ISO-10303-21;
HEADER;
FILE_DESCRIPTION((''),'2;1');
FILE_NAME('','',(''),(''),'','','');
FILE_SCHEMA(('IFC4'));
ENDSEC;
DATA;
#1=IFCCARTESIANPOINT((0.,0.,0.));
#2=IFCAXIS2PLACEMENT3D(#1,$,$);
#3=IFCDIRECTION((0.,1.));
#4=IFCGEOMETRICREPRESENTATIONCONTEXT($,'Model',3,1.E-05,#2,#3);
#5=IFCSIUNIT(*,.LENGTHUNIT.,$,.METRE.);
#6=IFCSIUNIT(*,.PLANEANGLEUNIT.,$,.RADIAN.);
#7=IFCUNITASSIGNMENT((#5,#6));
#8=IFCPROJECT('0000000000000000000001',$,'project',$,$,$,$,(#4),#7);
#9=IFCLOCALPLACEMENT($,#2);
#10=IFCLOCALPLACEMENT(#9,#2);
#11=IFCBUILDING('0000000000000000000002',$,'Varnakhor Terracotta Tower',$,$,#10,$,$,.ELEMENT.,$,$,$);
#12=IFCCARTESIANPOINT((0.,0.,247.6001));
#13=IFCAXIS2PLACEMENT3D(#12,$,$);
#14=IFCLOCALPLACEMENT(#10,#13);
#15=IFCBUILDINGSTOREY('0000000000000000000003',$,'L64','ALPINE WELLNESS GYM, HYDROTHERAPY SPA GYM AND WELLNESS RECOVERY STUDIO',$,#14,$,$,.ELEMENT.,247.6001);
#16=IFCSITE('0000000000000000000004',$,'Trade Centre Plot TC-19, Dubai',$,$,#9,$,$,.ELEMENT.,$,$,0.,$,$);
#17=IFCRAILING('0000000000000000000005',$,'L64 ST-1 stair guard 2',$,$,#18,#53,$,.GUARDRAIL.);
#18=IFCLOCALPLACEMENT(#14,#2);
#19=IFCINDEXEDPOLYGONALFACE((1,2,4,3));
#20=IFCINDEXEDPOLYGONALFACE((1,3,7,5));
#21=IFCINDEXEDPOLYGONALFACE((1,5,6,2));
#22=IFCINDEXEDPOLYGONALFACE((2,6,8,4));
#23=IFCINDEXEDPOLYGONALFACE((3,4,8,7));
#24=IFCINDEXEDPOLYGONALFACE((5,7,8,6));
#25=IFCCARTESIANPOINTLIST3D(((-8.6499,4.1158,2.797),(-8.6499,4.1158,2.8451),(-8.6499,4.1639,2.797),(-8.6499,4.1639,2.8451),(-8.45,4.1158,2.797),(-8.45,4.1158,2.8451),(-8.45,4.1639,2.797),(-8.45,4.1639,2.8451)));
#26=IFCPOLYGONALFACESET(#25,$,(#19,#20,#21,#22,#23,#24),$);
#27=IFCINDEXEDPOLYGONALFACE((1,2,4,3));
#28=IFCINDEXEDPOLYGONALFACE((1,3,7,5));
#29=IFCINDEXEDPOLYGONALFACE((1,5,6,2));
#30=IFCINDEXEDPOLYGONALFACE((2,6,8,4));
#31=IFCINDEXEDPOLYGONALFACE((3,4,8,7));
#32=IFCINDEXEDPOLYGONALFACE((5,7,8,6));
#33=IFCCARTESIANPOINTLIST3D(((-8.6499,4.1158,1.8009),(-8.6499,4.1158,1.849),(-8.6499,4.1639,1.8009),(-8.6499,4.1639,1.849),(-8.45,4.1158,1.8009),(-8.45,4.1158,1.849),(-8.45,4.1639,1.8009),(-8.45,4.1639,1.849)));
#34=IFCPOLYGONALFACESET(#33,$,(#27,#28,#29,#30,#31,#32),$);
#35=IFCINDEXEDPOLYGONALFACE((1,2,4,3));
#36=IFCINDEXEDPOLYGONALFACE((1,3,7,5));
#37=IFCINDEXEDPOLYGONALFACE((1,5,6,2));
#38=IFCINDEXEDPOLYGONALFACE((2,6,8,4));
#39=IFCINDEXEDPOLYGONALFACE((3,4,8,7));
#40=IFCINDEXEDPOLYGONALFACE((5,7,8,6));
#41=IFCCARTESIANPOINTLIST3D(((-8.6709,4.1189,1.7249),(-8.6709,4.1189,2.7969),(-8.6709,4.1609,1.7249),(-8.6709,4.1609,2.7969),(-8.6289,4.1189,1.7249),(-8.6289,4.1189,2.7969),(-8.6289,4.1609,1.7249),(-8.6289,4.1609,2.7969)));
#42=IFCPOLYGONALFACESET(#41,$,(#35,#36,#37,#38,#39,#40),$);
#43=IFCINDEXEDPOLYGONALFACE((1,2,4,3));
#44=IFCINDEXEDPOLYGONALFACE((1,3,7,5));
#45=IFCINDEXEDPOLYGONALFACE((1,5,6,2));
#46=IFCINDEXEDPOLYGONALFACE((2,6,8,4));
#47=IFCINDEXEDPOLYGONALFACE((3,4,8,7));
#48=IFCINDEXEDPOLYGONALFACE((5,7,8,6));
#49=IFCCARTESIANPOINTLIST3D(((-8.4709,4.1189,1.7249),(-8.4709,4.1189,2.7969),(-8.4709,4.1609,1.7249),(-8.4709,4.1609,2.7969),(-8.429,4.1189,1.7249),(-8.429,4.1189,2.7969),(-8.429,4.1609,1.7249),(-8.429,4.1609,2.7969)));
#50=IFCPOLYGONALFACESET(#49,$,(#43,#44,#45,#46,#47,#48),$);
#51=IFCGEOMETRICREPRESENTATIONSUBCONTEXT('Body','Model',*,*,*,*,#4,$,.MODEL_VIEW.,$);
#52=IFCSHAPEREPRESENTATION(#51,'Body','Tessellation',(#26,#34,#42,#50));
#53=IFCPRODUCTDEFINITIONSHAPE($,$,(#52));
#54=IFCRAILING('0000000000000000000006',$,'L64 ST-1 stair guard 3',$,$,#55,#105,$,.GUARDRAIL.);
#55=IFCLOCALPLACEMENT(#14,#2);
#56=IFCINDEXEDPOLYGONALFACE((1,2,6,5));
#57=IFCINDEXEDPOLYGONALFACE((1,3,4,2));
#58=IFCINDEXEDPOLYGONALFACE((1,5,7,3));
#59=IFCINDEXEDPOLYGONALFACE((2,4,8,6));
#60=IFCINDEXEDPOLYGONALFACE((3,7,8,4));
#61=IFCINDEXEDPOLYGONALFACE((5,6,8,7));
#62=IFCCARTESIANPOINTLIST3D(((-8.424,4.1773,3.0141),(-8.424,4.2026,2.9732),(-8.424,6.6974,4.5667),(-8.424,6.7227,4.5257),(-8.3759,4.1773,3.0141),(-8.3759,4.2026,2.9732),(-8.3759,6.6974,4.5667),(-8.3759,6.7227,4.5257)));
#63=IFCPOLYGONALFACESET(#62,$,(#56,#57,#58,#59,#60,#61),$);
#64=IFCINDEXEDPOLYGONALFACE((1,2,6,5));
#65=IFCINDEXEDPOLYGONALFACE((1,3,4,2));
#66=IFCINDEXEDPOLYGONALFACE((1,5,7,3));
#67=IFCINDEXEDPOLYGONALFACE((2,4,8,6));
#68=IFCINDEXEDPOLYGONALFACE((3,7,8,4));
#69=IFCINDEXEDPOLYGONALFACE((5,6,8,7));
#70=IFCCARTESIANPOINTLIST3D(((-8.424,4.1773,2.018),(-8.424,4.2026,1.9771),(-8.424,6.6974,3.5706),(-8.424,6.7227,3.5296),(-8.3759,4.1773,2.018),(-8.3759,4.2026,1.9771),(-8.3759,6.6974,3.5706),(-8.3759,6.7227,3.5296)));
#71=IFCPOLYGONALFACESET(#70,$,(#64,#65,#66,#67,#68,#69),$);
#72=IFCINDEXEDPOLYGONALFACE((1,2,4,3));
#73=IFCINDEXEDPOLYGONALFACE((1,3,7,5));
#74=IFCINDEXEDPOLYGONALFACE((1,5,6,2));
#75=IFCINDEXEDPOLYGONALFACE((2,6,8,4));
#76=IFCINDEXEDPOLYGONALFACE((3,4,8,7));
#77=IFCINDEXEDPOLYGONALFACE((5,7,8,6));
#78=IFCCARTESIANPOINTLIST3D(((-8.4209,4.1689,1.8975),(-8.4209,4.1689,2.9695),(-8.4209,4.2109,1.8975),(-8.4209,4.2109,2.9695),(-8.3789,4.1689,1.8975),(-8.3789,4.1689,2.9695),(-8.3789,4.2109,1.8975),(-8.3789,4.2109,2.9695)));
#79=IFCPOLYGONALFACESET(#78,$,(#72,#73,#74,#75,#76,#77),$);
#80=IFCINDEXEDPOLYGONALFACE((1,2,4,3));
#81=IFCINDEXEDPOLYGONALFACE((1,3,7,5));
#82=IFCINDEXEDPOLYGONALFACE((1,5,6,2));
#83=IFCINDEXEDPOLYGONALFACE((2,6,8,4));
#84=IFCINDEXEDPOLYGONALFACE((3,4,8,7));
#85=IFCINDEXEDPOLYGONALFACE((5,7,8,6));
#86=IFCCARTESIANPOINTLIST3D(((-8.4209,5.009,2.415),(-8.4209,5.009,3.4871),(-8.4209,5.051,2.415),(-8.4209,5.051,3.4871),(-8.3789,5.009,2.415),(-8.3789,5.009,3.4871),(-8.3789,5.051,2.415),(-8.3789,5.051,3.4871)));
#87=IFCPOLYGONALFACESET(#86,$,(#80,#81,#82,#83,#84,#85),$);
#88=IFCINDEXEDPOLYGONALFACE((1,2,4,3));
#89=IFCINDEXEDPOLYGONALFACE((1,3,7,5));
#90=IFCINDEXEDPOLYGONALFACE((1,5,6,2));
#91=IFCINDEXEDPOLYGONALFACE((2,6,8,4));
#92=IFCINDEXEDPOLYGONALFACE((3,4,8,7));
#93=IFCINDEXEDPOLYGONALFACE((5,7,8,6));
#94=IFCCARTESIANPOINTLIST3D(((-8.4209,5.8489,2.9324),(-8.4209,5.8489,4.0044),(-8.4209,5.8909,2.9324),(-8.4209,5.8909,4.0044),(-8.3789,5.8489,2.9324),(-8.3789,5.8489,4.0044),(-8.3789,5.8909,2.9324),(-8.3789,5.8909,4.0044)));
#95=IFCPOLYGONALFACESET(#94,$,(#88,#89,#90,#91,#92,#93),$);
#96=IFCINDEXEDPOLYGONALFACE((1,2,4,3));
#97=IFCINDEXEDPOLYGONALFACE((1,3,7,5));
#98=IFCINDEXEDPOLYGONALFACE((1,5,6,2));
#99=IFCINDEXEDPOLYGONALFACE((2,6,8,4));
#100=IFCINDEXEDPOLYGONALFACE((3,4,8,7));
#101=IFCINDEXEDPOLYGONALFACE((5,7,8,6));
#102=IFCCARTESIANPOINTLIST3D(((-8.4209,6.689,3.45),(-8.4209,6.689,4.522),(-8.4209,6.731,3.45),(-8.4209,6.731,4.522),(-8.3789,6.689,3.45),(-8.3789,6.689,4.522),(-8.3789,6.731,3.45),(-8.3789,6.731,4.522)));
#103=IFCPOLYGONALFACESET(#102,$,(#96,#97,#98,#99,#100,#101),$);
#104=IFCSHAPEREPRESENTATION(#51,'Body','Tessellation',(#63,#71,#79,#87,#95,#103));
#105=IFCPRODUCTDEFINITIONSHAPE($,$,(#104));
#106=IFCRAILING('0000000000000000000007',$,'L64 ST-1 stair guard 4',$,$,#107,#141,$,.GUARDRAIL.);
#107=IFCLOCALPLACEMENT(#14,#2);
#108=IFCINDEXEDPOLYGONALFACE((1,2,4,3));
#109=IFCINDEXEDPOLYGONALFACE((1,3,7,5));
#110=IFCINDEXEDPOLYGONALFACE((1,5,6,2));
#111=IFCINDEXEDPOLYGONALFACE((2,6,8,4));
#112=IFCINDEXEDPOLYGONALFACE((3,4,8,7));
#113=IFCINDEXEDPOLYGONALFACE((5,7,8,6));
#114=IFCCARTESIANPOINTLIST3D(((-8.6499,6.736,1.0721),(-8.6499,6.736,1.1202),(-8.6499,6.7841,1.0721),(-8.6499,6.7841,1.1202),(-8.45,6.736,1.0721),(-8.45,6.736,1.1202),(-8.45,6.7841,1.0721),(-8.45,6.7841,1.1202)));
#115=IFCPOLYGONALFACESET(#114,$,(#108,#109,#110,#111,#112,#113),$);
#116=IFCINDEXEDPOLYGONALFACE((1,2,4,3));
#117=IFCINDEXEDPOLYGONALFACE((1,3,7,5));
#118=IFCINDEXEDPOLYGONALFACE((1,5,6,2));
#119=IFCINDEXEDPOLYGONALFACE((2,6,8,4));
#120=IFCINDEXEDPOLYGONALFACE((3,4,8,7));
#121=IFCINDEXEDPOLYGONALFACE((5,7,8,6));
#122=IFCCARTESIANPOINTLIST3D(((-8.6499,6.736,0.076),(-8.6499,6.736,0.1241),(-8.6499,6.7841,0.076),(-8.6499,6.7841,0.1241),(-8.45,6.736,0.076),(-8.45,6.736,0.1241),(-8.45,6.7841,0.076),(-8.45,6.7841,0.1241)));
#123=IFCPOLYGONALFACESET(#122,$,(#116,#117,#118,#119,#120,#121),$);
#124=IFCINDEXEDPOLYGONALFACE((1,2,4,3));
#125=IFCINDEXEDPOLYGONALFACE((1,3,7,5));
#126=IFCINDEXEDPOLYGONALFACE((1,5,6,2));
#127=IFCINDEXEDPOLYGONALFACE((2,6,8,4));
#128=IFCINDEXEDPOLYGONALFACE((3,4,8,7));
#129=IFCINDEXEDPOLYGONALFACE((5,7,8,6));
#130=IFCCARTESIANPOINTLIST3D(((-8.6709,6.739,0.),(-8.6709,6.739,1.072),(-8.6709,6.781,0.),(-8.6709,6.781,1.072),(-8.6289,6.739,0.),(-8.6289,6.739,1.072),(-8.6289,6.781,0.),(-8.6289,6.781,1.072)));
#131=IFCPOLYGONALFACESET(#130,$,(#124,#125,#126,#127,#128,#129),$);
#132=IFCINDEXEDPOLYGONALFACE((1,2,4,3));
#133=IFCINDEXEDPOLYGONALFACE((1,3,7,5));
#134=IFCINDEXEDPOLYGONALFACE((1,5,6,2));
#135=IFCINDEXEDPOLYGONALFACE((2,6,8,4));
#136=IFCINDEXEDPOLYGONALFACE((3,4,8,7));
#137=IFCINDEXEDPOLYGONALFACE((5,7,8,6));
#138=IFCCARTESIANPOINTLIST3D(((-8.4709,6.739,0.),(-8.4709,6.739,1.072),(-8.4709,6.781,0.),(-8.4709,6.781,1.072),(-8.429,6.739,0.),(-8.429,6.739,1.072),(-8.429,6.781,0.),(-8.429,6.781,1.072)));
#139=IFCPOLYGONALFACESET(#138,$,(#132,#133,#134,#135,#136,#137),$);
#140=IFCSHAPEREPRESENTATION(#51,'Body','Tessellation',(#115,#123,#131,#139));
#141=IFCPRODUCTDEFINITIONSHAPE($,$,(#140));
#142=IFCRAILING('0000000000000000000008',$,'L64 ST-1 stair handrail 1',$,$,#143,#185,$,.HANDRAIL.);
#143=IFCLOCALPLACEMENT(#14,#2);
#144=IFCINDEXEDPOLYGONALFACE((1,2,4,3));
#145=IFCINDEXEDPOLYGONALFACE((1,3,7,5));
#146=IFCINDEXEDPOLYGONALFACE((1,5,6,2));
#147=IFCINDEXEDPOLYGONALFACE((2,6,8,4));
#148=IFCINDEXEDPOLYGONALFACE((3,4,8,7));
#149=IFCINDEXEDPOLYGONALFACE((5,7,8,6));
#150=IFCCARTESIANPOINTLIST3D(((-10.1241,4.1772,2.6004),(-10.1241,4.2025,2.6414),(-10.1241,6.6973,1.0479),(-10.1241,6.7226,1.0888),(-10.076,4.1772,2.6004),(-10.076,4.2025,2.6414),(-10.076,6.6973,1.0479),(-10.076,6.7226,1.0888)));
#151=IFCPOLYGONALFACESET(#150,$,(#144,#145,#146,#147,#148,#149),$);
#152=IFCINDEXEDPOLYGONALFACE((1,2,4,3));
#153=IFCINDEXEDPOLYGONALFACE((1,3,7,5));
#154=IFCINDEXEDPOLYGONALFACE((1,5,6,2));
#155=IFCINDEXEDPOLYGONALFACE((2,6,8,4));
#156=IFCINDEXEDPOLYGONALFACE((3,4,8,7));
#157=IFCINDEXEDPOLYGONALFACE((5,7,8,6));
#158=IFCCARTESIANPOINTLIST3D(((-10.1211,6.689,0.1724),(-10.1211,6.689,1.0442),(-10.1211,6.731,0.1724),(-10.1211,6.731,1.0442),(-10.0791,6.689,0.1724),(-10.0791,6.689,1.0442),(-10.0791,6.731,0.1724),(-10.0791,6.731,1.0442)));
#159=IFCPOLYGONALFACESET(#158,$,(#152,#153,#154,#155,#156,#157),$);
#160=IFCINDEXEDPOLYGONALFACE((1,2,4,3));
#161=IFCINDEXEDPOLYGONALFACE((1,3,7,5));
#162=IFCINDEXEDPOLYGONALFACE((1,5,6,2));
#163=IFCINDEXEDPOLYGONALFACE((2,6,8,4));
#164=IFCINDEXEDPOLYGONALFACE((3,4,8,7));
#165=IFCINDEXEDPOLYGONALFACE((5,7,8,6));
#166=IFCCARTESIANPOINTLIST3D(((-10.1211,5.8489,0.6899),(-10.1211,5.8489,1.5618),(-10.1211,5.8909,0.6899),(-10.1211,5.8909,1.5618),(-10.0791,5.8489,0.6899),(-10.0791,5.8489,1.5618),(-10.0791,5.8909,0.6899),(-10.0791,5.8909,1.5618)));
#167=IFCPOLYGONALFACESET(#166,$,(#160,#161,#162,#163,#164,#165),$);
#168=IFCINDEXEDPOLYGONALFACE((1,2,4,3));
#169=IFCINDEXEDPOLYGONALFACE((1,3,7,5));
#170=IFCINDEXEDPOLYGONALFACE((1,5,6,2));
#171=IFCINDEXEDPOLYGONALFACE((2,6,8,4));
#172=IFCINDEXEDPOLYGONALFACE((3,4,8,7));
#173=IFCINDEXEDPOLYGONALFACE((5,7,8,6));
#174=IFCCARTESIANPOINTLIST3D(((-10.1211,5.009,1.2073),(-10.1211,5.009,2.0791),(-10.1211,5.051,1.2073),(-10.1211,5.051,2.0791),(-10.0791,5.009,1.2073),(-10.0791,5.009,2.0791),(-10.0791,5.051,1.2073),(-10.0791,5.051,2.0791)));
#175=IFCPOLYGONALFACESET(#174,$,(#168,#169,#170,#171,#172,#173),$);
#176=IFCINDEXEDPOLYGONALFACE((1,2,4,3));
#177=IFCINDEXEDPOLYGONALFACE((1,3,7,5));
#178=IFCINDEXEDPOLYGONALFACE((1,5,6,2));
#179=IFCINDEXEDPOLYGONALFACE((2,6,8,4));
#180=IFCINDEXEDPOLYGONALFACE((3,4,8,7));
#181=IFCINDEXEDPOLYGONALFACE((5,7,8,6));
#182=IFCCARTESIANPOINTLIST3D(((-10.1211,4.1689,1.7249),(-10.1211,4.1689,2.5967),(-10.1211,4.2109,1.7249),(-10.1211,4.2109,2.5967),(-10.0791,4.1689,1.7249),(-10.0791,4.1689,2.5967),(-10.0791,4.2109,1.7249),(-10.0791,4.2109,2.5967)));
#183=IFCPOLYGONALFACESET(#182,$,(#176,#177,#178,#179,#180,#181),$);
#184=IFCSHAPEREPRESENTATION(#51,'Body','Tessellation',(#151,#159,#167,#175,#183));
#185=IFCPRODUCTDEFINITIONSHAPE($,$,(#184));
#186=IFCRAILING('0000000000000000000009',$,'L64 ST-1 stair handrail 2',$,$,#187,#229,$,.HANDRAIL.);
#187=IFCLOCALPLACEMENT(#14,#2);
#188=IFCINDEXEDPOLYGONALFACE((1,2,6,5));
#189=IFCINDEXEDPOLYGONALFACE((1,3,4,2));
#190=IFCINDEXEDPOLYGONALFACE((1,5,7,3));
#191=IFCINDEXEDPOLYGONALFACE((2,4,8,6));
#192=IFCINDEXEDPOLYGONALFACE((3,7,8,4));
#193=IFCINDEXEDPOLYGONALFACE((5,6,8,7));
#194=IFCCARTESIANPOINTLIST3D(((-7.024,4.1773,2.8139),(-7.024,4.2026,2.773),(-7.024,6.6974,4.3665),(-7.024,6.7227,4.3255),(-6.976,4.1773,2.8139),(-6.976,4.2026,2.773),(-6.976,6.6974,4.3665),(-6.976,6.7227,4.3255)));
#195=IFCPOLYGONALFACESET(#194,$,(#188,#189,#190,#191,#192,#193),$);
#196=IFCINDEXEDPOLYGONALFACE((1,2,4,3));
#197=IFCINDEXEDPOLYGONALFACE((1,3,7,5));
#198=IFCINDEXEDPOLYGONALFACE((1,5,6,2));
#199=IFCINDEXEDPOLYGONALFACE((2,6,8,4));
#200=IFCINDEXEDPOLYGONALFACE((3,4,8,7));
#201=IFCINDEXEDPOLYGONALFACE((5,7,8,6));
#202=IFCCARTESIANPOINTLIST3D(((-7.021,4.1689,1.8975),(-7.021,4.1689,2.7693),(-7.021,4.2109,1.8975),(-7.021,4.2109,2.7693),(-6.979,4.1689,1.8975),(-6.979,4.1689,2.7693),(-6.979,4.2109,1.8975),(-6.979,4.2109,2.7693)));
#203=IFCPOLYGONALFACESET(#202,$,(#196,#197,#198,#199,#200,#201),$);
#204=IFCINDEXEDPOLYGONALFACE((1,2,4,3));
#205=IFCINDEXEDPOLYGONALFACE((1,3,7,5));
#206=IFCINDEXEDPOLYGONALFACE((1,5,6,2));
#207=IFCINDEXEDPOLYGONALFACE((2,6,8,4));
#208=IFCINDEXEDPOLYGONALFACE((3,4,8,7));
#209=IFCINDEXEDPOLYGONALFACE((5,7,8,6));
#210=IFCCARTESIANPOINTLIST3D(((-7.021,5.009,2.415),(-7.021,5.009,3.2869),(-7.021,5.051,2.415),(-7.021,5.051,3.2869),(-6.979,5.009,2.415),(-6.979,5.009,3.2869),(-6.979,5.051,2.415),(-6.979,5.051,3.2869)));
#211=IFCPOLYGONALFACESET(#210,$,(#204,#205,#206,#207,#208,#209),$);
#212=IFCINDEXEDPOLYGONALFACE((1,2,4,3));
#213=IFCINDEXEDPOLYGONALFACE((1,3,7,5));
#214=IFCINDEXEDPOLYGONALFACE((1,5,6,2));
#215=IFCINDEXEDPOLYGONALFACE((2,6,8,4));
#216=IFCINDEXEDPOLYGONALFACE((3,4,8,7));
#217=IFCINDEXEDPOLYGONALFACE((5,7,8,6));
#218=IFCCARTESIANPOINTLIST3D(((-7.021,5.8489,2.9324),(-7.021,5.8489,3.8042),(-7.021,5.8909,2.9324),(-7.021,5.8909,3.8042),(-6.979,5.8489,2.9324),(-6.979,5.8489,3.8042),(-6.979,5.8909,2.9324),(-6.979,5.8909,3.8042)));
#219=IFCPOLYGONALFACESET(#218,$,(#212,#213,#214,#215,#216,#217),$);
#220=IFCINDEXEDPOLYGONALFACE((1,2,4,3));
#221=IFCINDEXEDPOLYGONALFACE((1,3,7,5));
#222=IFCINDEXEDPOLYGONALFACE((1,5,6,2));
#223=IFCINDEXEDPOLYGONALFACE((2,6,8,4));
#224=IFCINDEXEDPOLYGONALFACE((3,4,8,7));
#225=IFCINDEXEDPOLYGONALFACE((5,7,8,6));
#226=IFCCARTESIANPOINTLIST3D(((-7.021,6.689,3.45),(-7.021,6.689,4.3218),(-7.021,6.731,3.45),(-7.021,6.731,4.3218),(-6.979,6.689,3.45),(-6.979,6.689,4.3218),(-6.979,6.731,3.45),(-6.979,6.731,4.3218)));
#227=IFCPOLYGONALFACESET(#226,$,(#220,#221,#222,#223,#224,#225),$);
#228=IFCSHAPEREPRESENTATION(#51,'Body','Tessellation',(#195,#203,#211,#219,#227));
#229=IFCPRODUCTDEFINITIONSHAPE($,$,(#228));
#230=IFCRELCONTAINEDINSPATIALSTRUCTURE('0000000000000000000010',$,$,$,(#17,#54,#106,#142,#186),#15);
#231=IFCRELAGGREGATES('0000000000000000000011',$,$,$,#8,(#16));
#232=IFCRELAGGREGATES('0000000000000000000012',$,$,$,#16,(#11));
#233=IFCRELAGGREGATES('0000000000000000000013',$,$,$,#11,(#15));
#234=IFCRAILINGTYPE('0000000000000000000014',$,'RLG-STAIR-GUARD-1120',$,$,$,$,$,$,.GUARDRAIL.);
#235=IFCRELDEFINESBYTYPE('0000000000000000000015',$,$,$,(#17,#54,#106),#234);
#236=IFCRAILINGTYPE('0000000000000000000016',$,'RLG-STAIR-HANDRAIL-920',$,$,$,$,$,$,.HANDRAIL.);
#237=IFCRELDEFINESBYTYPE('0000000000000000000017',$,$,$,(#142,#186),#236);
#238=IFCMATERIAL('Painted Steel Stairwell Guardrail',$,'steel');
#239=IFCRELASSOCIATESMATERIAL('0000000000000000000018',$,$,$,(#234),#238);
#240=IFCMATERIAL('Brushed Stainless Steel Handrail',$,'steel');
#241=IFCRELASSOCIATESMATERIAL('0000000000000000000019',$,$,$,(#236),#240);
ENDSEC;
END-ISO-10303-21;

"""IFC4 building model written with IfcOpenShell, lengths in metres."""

from ifc_helpers import new_model, si_unit, direction, frame, origin, origin_2d, place, context, subcontext, project, spatial, rectangle, extrude, material, type_object, element, save


model = new_model("IFC4")

# Units and contexts
model_context = context("Model", 3, precision=1e-05, world=origin(), true_north=direction((0.0, 1.0)))
body_context = subcontext(model_context, "Body", "Model", "MODEL_VIEW")
ifc_project = project(units=[si_unit("LENGTHUNIT", "METRE"), si_unit("PLANEANGLEUNIT", "RADIAN")], contexts=[model_context])

# Site, building, storey
site_placement = place(None, origin())
site = spatial("IfcSite", under=ifc_project, at=site_placement, Name="Trade Centre Plot TC-19, Dubai", CompositionType="ELEMENT", RefElevation=0.0)
building_placement = place(site_placement, origin())
building = spatial("IfcBuilding", under=site, at=building_placement, Name="Varnakhor Terracotta Tower", CompositionType="ELEMENT")
storey_placement = place(building_placement, frame((0.0, 0.0, 247.6001)))
storey = spatial("IfcBuildingStorey", under=building, at=storey_placement, Name="L64", Description="ALPINE WELLNESS GYM, HYDROTHERAPY SPA GYM AND WELLNESS RECOVERY STUDIO", CompositionType="ELEMENT", Elevation=247.6001)

# Railings
ifc_material_1 = material(Name="Painted Steel Stairwell Guardrail", Category="steel")
railing_type_1 = type_object("IfcRailingType", Name="RLG-STAIR-GUARD-1120", PredefinedType="GUARDRAIL", material=ifc_material_1)
railing_1_placement = place(storey_placement, frame((-8.6499, 4.1399, 1.7249)))
element("IfcRailing", 1, at=railing_1_placement, inside=storey, type_object=railing_type_1, Name="L64 ST-1 stair guard 2", PredefinedType="GUARDRAIL", context=body_context, shape_type="SweptSolid", body=[
    extrude(rectangle(XDim=0.0481, YDim=0.0481, at=origin_2d()), frame((0.0, 0.0, 1.0962), z_axis=(1.0, 0.0, 0.0), x_axis=(0.0, 1.0, 0.0)), (0.0, 0.0, 1.0), 0.2),
    extrude(rectangle(XDim=0.0481, YDim=0.0481, at=origin_2d()), frame((0.0, 0.0, 0.1001), z_axis=(1.0, 0.0, 0.0), x_axis=(0.0, 1.0, 0.0)), (0.0, 0.0, 1.0), 0.2),
    extrude(rectangle(XDim=0.042, YDim=0.042, at=origin_2d()), origin(), (0.0, 0.0, 1.0), 1.072),
    extrude(rectangle(XDim=0.042, YDim=0.042, at=origin_2d()), frame((0.2, 0.0, 0.0)), (0.0, 0.0, 1.0), 1.072),
])
railing_2_placement = place(storey_placement, frame((-8.3999, 4.1899, 1.8975)))
element("IfcRailing", 2, at=railing_2_placement, inside=storey, type_object=railing_type_1, Name="L64 ST-1 stair guard 3", PredefinedType="GUARDRAIL", context=body_context, shape_type="SweptSolid", body=[
    extrude(rectangle(XDim=0.0481, YDim=0.0481, at=origin_2d()), frame((0.0, 0.0, 1.0962), z_axis=(0.0, 0.8514, 0.524516), x_axis=(-1.0, 0.0, 0.0)), (0.0, 0.0, 1.0), 2.96),
    extrude(rectangle(XDim=0.0481, YDim=0.0481, at=origin_2d()), frame((0.0, 0.0, 0.1001), z_axis=(0.0, 0.8514, 0.524516), x_axis=(-1.0, 0.0, 0.0)), (0.0, 0.0, 1.0), 2.96),
    extrude(rectangle(XDim=0.042, YDim=0.042, at=origin_2d()), origin(), (0.0, 0.0, 1.0), 1.072),
    extrude(rectangle(XDim=0.042, YDim=0.042, at=origin_2d()), frame((0.0, 0.8401, 0.5176)), (0.0, 0.0, 1.0), 1.072),
    extrude(rectangle(XDim=0.042, YDim=0.042, at=origin_2d()), frame((0.0, 1.6799, 1.0349)), (0.0, 0.0, 1.0), 1.072),
    extrude(rectangle(XDim=0.042, YDim=0.042, at=origin_2d()), frame((0.0, 2.52, 1.5525)), (0.0, 0.0, 1.0), 1.072),
])
railing_3_placement = place(storey_placement, frame((-8.6499, 6.76, 0.0)))
element("IfcRailing", 3, at=railing_3_placement, inside=storey, type_object=railing_type_1, Name="L64 ST-1 stair guard 4", PredefinedType="GUARDRAIL", context=body_context, shape_type="SweptSolid", body=[
    extrude(rectangle(XDim=0.0481, YDim=0.0481, at=origin_2d()), frame((0.0, 0.0, 1.0962), z_axis=(1.0, 0.0, 0.0), x_axis=(0.0, 1.0, 0.0)), (0.0, 0.0, 1.0), 0.2),
    extrude(rectangle(XDim=0.0481, YDim=0.0481, at=origin_2d()), frame((0.0, 0.0, 0.1001), z_axis=(1.0, 0.0, 0.0), x_axis=(0.0, 1.0, 0.0)), (0.0, 0.0, 1.0), 0.2),
    extrude(rectangle(XDim=0.042, YDim=0.042, at=origin_2d()), origin(), (0.0, 0.0, 1.0), 1.072),
    extrude(rectangle(XDim=0.042, YDim=0.042, at=origin_2d()), frame((0.2, 0.0, 0.0)), (0.0, 0.0, 1.0), 1.072),
])
ifc_material_2 = material(Name="Brushed Stainless Steel Handrail", Category="steel")
railing_type_2 = type_object("IfcRailingType", Name="RLG-STAIR-HANDRAIL-920", PredefinedType="HANDRAIL", material=ifc_material_2)
railing_4_placement = place(storey_placement, frame((-10.1001, 6.71, 0.1724)))
element("IfcRailing", 4, at=railing_4_placement, inside=storey, type_object=railing_type_2, Name="L64 ST-1 stair handrail 1", PredefinedType="HANDRAIL", context=body_context, shape_type="SweptSolid", body=[
    extrude(rectangle(XDim=0.0481, YDim=0.0481, at=origin_2d()), frame((0.0, 0.0, 0.896), z_axis=(0.0, -0.8514, 0.524516), x_axis=(1.0, 0.0, 0.0)), (0.0, 0.0, 1.0), 2.96),
    extrude(rectangle(XDim=0.042, YDim=0.042, at=origin_2d()), origin(), (0.0, 0.0, 1.0), 0.8718),
    extrude(rectangle(XDim=0.042, YDim=0.042, at=origin_2d()), frame((0.0, -0.8401, 0.5176)), (0.0, 0.0, 1.0), 0.8718),
    extrude(rectangle(XDim=0.042, YDim=0.042, at=origin_2d()), frame((0.0, -1.6799, 1.0349)), (0.0, 0.0, 1.0), 0.8718),
    extrude(rectangle(XDim=0.042, YDim=0.042, at=origin_2d()), frame((0.0, -2.52, 1.5525)), (0.0, 0.0, 1.0), 0.8718),
])
railing_5_placement = place(storey_placement, frame((-7.0, 4.1899, 1.8975)))
element("IfcRailing", 5, at=railing_5_placement, inside=storey, type_object=railing_type_2, Name="L64 ST-1 stair handrail 2", PredefinedType="HANDRAIL", context=body_context, shape_type="SweptSolid", body=[
    extrude(rectangle(XDim=0.0481, YDim=0.0481, at=origin_2d()), frame((0.0, 0.0, 0.896), z_axis=(0.0, 0.8514, 0.524516), x_axis=(-1.0, 0.0, 0.0)), (0.0, 0.0, 1.0), 2.96),
    extrude(rectangle(XDim=0.042, YDim=0.042, at=origin_2d()), origin(), (0.0, 0.0, 1.0), 0.8718),
    extrude(rectangle(XDim=0.042, YDim=0.042, at=origin_2d()), frame((0.0, 0.8401, 0.5176)), (0.0, 0.0, 1.0), 0.8718),
    extrude(rectangle(XDim=0.042, YDim=0.042, at=origin_2d()), frame((0.0, 1.6799, 1.0349)), (0.0, 0.0, 1.0), 0.8718),
    extrude(rectangle(XDim=0.042, YDim=0.042, at=origin_2d()), frame((0.0, 2.52, 1.5525)), (0.0, 0.0, 1.0), 0.8718),
])

save(model, "model.ifc")
